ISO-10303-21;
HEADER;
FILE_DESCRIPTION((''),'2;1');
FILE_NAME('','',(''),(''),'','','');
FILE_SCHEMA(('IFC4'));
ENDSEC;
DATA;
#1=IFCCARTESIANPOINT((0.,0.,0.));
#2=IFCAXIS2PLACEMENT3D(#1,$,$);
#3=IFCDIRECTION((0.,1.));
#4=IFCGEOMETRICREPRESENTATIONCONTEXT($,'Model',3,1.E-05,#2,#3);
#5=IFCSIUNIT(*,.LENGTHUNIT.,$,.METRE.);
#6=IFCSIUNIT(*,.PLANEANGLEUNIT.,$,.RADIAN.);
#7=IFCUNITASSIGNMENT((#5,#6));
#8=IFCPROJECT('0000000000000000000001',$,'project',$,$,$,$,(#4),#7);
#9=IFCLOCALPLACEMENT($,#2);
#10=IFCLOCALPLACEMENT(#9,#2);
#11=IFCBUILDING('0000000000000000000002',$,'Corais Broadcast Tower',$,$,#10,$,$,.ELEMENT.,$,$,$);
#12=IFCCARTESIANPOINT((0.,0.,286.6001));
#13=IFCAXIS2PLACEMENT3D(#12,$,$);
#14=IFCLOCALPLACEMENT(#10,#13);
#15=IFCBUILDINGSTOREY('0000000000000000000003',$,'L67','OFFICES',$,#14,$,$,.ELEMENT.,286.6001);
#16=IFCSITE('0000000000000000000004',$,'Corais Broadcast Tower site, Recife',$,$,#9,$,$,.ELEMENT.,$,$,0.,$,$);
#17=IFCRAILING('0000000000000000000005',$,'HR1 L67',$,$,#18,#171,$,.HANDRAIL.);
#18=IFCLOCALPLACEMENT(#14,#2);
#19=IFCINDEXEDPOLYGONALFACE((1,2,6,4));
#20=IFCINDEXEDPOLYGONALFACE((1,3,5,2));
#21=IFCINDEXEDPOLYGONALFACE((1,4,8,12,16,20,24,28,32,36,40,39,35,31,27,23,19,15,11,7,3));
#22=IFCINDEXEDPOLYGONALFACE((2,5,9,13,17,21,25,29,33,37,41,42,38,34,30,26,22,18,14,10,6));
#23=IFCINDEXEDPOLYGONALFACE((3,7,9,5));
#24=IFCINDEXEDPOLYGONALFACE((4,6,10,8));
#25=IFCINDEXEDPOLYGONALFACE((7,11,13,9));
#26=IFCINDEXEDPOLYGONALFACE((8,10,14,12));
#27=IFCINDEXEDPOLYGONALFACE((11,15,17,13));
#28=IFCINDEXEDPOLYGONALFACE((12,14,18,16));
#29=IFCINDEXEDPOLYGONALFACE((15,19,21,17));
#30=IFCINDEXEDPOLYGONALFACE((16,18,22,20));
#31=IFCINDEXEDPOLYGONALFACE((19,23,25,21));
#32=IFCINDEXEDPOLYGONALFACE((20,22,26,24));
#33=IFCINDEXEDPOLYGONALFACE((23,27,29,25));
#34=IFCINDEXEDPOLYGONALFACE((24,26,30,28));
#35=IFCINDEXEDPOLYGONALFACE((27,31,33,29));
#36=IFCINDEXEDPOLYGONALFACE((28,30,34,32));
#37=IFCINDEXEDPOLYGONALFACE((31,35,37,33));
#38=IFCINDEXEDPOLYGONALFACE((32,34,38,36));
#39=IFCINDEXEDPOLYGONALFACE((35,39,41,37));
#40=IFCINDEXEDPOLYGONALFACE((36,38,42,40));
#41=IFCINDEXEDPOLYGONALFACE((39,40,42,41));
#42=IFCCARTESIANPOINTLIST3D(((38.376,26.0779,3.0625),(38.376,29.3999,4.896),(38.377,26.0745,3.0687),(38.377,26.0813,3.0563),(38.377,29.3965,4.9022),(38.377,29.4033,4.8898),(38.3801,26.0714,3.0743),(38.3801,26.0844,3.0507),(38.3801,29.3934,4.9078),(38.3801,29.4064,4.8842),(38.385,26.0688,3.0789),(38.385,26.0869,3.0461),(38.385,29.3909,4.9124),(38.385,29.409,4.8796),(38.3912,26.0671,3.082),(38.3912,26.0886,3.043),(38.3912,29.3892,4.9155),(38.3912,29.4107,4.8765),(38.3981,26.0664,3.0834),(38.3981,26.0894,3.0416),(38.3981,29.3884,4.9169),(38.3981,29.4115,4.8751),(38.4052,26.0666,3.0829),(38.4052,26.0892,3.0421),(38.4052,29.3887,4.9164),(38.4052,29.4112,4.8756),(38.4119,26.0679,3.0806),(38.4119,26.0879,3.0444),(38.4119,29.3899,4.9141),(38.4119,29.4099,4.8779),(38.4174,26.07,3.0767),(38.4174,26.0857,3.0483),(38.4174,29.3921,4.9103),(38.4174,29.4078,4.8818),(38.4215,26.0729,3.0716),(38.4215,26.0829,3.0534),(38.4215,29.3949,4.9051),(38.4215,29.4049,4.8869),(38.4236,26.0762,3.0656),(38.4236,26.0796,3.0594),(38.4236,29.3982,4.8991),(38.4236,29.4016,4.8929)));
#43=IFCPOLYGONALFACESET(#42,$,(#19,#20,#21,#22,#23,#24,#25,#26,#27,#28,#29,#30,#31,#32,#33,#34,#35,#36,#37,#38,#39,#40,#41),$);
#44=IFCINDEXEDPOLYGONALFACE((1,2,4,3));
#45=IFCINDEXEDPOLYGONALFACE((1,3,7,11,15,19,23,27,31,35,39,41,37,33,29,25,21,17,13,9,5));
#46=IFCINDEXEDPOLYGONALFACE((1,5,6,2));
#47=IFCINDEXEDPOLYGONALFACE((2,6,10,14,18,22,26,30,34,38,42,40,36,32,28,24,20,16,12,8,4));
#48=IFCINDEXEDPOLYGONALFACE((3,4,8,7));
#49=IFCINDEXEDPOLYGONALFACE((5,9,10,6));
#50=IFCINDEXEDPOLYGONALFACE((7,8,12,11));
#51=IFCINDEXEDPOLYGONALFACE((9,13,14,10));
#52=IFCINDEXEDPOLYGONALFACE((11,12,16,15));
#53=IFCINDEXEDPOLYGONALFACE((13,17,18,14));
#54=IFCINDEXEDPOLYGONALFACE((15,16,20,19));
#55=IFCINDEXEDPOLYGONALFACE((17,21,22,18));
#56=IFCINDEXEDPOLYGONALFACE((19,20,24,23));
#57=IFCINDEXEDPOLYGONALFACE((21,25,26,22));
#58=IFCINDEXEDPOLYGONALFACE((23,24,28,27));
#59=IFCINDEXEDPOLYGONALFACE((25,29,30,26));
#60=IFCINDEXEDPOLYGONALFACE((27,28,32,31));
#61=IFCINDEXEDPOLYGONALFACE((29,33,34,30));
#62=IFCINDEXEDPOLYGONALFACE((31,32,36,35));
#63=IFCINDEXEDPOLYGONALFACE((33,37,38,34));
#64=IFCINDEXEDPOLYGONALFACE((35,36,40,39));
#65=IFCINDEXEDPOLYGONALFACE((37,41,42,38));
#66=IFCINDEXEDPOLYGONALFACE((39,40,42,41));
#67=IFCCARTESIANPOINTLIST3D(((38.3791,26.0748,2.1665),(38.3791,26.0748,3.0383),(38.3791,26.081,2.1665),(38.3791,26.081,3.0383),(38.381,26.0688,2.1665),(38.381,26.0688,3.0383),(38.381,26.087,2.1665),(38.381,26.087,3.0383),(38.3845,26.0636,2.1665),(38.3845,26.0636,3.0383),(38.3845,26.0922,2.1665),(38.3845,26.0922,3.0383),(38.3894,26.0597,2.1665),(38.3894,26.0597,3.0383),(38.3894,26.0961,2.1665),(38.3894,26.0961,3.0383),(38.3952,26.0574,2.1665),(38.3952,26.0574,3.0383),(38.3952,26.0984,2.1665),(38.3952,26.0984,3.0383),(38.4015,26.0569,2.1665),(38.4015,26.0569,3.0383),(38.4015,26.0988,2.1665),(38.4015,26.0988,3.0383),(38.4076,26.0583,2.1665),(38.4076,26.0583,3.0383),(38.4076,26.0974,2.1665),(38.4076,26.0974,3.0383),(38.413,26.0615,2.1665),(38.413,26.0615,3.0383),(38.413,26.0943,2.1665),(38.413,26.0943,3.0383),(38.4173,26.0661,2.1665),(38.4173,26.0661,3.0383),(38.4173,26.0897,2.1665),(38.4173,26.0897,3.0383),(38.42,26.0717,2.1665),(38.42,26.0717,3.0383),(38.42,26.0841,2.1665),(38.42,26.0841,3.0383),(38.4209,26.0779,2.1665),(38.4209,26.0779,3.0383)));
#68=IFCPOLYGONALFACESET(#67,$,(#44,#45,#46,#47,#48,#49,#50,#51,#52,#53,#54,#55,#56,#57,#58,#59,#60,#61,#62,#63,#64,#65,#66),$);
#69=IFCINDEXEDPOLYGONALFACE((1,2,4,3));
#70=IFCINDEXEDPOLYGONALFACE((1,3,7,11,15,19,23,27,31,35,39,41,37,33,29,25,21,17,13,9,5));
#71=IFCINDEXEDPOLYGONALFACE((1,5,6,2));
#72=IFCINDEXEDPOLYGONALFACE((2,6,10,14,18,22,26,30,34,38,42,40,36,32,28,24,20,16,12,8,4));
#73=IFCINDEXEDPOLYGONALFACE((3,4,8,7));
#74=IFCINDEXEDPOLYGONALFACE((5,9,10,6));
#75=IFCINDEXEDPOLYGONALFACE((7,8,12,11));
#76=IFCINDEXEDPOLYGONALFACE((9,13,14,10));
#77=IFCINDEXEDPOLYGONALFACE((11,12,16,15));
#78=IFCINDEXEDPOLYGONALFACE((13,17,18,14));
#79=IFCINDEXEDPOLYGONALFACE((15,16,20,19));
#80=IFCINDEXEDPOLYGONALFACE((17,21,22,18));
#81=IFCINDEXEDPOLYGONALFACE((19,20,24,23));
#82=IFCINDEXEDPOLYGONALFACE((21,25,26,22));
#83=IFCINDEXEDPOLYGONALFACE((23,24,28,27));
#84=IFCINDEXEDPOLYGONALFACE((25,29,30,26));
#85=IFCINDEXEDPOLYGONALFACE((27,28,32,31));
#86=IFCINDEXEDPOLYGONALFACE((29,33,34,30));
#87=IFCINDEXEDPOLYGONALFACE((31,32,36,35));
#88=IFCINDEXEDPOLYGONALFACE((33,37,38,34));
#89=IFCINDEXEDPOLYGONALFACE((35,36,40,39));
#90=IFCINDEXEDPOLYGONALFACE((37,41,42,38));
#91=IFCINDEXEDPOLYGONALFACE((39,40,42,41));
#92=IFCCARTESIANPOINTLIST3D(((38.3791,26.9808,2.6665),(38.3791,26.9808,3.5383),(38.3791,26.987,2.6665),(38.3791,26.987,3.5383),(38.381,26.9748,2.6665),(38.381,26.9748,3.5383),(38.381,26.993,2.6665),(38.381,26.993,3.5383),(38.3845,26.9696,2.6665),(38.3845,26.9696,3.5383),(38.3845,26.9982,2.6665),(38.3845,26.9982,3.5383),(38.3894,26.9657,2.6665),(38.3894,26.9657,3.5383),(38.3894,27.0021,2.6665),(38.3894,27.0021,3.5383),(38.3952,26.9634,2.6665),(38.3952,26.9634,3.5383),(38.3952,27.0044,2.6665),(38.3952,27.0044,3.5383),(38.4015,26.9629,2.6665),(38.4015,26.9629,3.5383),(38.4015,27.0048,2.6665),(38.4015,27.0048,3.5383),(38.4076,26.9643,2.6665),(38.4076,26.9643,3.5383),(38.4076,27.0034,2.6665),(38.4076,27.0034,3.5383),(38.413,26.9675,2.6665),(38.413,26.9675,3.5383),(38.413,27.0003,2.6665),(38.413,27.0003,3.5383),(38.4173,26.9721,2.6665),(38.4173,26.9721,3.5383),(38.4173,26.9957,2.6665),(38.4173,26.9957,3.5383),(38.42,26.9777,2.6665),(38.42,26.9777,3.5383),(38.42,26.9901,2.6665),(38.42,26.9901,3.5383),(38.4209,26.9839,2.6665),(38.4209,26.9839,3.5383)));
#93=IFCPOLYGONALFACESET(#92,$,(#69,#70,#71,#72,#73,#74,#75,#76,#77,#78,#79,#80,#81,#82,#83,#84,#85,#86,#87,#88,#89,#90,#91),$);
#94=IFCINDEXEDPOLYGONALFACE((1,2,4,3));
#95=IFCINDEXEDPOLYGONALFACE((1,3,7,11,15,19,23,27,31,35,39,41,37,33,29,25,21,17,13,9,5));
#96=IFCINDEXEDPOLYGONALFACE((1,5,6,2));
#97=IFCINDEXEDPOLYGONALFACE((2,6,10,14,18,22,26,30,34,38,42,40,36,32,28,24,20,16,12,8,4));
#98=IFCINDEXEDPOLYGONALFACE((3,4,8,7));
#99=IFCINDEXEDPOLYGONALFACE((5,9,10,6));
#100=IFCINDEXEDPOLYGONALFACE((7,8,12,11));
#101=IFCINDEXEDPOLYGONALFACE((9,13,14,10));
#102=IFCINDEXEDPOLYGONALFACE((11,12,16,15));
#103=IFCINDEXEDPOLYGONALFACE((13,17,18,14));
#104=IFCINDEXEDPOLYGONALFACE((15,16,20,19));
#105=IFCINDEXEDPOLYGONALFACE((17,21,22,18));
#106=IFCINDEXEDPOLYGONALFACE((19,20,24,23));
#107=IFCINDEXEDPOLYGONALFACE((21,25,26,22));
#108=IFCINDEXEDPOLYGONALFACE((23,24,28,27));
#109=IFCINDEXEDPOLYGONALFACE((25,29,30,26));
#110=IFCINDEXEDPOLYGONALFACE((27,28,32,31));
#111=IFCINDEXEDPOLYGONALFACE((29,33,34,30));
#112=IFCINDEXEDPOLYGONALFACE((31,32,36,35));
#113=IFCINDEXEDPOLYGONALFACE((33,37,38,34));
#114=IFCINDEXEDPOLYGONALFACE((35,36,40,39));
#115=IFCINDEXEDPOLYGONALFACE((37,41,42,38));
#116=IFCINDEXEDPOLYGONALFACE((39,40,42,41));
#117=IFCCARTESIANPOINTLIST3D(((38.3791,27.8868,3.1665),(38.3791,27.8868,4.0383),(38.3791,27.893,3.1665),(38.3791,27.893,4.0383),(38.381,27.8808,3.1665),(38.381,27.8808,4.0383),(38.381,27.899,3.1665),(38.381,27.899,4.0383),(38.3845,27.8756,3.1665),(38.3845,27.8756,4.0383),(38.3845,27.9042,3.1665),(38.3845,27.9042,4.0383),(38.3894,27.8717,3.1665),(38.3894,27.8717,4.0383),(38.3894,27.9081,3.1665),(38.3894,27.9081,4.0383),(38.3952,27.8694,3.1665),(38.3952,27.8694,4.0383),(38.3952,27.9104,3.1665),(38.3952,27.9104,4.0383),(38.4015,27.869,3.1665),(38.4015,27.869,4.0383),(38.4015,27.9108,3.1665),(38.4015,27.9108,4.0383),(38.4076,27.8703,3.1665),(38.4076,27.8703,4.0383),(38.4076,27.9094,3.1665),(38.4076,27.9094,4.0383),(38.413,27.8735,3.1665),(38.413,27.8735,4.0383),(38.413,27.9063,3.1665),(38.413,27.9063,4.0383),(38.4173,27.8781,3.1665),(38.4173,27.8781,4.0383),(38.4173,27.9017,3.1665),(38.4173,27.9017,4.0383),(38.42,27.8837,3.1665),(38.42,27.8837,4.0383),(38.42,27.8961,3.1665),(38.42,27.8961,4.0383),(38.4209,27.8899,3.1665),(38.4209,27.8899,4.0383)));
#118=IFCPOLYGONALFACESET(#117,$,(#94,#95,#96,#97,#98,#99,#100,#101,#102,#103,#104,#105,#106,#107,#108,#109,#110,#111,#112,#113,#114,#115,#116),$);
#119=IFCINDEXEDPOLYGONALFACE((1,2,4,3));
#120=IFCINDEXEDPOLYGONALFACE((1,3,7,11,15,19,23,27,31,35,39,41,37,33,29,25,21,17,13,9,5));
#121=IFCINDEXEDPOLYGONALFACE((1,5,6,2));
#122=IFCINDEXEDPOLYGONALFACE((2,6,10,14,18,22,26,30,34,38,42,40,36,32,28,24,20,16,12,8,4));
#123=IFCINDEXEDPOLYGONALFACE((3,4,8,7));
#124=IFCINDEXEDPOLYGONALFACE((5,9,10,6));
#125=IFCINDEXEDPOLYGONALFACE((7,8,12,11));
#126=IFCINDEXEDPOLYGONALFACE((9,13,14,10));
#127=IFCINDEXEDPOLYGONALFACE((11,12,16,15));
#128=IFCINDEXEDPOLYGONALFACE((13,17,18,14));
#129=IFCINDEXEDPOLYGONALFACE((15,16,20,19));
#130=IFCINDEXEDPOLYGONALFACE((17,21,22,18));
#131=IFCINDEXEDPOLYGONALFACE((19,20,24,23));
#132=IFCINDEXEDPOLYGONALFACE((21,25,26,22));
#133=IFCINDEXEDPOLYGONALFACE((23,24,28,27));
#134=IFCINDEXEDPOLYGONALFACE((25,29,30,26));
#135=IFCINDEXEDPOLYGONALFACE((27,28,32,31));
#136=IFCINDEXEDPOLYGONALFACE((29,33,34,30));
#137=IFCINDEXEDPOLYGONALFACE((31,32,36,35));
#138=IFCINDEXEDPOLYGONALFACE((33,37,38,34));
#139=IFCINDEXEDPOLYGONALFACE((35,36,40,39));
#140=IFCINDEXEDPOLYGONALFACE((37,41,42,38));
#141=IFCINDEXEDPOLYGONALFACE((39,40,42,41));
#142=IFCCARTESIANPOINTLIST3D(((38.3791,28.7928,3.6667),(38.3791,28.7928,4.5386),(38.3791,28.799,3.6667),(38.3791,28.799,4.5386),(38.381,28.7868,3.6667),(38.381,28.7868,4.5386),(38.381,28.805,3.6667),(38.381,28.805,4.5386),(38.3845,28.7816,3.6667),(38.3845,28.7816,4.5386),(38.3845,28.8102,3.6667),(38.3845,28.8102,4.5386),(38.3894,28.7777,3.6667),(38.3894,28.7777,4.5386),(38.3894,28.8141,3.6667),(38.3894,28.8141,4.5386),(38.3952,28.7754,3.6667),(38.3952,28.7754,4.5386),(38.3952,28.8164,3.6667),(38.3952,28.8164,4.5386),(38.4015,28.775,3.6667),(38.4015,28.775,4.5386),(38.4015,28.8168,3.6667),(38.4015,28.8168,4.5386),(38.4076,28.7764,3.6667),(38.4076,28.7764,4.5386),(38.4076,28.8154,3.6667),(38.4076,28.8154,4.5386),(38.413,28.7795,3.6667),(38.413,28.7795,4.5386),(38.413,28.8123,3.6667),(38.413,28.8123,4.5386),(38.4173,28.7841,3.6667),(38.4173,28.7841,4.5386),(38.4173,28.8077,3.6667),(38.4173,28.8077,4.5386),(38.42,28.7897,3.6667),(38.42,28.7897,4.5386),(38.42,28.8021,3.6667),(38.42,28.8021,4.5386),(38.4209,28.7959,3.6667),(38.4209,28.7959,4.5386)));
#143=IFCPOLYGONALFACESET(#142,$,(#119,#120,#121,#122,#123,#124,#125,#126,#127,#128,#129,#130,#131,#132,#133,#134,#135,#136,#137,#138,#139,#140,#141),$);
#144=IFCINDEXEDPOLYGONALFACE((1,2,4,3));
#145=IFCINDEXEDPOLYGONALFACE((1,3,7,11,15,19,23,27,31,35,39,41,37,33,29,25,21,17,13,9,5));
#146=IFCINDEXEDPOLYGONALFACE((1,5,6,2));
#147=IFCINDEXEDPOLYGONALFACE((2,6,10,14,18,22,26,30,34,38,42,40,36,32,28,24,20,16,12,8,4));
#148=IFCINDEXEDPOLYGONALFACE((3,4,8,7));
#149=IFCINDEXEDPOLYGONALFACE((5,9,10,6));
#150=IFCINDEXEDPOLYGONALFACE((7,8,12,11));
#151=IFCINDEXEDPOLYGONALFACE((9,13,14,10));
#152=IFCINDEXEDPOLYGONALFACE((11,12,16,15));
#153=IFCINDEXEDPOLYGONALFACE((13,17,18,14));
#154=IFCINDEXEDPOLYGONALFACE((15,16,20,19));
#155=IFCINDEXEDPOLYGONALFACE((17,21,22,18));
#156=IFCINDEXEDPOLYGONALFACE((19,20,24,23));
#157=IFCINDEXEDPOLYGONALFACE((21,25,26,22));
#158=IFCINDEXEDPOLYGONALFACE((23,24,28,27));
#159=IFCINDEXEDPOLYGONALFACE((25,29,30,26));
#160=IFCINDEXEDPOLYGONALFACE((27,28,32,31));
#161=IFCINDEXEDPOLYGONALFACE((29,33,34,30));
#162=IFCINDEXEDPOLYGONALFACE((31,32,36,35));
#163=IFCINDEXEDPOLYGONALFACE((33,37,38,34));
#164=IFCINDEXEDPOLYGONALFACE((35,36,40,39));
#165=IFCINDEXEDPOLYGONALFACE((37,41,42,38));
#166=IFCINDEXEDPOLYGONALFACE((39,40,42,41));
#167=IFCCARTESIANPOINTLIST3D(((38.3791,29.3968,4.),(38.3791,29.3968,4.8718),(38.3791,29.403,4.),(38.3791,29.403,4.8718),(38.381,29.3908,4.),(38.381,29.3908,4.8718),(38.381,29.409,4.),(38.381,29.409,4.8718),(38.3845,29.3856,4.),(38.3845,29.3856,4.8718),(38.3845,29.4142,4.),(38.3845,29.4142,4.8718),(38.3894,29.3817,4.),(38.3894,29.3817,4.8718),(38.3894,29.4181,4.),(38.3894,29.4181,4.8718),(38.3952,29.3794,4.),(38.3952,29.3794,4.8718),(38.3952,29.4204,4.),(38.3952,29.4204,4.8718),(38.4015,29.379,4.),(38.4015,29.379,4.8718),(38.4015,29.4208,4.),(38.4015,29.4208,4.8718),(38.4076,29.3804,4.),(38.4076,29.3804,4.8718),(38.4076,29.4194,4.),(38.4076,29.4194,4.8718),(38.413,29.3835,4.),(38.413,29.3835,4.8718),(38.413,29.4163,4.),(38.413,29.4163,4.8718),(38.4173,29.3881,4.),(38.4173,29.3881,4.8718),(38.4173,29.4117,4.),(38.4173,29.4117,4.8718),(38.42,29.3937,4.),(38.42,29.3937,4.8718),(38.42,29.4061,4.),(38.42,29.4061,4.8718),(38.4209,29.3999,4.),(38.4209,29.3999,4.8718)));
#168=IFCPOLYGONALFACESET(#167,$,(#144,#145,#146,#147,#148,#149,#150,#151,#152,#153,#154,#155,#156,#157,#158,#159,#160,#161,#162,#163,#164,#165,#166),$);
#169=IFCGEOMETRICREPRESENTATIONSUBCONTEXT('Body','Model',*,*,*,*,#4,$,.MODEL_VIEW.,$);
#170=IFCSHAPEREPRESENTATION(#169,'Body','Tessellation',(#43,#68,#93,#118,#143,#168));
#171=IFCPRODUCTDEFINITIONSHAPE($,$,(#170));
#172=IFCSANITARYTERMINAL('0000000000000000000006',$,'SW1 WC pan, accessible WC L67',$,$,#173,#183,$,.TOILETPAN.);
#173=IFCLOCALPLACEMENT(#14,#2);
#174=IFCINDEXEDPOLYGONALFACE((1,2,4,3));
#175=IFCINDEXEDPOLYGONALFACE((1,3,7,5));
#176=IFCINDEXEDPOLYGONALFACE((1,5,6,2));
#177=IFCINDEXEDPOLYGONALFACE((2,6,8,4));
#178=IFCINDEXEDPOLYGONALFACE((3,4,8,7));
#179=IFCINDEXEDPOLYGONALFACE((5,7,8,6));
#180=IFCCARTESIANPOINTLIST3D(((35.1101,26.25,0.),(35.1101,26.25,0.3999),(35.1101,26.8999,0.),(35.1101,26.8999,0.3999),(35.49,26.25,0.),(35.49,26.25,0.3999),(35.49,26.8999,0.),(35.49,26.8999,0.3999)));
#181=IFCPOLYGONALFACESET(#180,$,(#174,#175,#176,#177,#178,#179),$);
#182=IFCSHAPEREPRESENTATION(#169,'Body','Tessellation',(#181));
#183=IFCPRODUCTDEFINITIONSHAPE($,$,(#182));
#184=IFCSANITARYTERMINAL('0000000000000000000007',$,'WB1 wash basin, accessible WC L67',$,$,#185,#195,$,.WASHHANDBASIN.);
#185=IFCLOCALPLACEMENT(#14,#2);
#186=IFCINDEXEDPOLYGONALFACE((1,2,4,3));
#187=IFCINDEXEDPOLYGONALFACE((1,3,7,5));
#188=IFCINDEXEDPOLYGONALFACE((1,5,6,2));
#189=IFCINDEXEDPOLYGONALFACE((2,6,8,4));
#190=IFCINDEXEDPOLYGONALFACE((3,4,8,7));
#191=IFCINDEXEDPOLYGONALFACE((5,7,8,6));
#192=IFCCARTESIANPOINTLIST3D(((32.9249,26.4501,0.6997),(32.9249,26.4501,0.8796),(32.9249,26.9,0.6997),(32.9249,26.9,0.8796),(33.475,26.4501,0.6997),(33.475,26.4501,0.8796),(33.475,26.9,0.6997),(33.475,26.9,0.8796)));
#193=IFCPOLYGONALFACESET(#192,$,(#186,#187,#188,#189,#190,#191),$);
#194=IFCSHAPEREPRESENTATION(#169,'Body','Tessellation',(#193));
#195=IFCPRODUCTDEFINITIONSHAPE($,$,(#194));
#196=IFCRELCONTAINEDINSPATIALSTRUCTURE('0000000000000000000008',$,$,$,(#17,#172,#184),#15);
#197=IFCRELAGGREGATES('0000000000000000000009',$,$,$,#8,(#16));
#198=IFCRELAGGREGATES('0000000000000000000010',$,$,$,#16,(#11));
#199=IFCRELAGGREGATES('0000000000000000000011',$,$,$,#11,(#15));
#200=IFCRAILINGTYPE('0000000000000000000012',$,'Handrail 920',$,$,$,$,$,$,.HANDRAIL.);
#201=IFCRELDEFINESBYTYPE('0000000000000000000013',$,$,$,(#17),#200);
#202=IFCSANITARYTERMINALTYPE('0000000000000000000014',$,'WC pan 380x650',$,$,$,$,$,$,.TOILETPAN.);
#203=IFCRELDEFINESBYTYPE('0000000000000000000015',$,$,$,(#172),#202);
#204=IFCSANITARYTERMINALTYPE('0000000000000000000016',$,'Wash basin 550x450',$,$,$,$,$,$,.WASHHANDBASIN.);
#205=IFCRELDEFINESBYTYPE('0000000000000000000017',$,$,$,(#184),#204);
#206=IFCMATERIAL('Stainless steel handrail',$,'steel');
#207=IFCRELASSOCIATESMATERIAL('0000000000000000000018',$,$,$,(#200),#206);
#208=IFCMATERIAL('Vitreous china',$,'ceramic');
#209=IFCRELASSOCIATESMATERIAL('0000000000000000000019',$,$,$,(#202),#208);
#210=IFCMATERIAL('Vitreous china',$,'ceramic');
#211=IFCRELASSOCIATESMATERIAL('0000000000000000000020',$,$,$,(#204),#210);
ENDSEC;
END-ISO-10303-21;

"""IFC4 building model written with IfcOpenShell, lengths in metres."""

from ifc_helpers import new_model, si_unit, direction, frame, origin, origin_2d, place, context, subcontext, project, spatial, rectangle, circle, extrude, material, type_object, element, save


model = new_model("IFC4")

# Units and contexts
model_context = context("Model", 3, precision=1e-05, world=origin(), true_north=direction((0.0, 1.0)))
body_context = subcontext(model_context, "Body", "Model", "MODEL_VIEW")
ifc_project = project(units=[si_unit("LENGTHUNIT", "METRE"), si_unit("PLANEANGLEUNIT", "RADIAN")], contexts=[model_context])

# Site, building, storey
site_placement = place(None, origin())
site = spatial("IfcSite", under=ifc_project, at=site_placement, Name="Corais Broadcast Tower site, Recife", CompositionType="ELEMENT", RefElevation=0.0)
building_placement = place(site_placement, origin())
building = spatial("IfcBuilding", under=site, at=building_placement, Name="Corais Broadcast Tower", CompositionType="ELEMENT")
storey_placement = place(building_placement, frame((0.0, 0.0, 286.6001)))
storey = spatial("IfcBuildingStorey", under=building, at=storey_placement, Name="L67", Description="OFFICES", CompositionType="ELEMENT", Elevation=286.6001)

# Railing
ifc_material_1 = material(Name="Stainless steel handrail", Category="steel")
railing_type = type_object("IfcRailingType", Name="Handrail 920", PredefinedType="HANDRAIL", material=ifc_material_1)
for number, where, name in (
    (1, (38.3999, 26.0779, 2.1665), "HR1 L67"),
):
    element("IfcRailing", number, at=place(storey_placement, frame(where)), inside=storey, type_object=railing_type, Name=name, PredefinedType="HANDRAIL", context=body_context, shape_type="SweptSolid", body=[
        extrude(circle(Radius=0.0239, at=origin_2d()), frame((0.0, 0.0, 0.896), z_axis=(0.0, 0.875504, 0.48321), x_axis=(-1.0, 0.0, 0.0)), (0.0, 0.0, 1.0), 3.7944),
        extrude(circle(Radius=0.021, at=origin_2d()), origin(), (0.0, 0.0, 1.0), 0.8718),
        extrude(circle(Radius=0.021, at=origin_2d()), frame((0.0, 0.906, 0.5)), (0.0, 0.0, 1.0), 0.8718),
        extrude(circle(Radius=0.021, at=origin_2d()), frame((0.0, 1.812, 1.0)), (0.0, 0.0, 1.0), 0.8718),
        extrude(circle(Radius=0.021, at=origin_2d()), frame((0.0, 2.718, 1.5002)), (0.0, 0.0, 1.0), 0.8718),
        extrude(circle(Radius=0.021, at=origin_2d()), frame((0.0, 3.322, 1.8335)), (0.0, 0.0, 1.0), 0.8718),
    ])

# Sanitary terminals
ifc_material_2 = material(Name="Vitreous china", Category="ceramic")
sanitary_terminal_type_1 = type_object("IfcSanitaryTerminalType", Name="WC pan 380x650", PredefinedType="TOILETPAN", material=ifc_material_2)
sanitary_terminal_1_placement = place(storey_placement, frame((35.3, 26.575, 0.0), z_axis=(0.0, 0.0, 1.0), x_axis=(1.0, 0.0, 0.0)))
element("IfcSanitaryTerminal", 2, at=sanitary_terminal_1_placement, inside=storey, type_object=sanitary_terminal_type_1, Name="SW1 WC pan, accessible WC L67", PredefinedType="TOILETPAN", context=body_context, shape_type="SweptSolid", body=[
    extrude(rectangle(XDim=0.3799, YDim=0.6499, at=origin_2d()), origin(), (0.0, 0.0, 1.0), 0.3999),
])
ifc_material_3 = material(Name="Vitreous china", Category="ceramic")
sanitary_terminal_type_2 = type_object("IfcSanitaryTerminalType", Name="Wash basin 550x450", PredefinedType="WASHHANDBASIN", material=ifc_material_3)
sanitary_terminal_2_placement = place(storey_placement, frame((33.2, 26.675, 0.6997), z_axis=(0.0, 0.0, 1.0), x_axis=(1.0, 0.0, 0.0)))
element("IfcSanitaryTerminal", 3, at=sanitary_terminal_2_placement, inside=storey, type_object=sanitary_terminal_type_2, Name="WB1 wash basin, accessible WC L67", PredefinedType="WASHHANDBASIN", context=body_context, shape_type="SweptSolid", body=[
    extrude(rectangle(XDim=0.55, YDim=0.45, at=origin_2d()), origin(), (0.0, 0.0, 1.0), 0.1799),
])

save(model, "model.ifc")
